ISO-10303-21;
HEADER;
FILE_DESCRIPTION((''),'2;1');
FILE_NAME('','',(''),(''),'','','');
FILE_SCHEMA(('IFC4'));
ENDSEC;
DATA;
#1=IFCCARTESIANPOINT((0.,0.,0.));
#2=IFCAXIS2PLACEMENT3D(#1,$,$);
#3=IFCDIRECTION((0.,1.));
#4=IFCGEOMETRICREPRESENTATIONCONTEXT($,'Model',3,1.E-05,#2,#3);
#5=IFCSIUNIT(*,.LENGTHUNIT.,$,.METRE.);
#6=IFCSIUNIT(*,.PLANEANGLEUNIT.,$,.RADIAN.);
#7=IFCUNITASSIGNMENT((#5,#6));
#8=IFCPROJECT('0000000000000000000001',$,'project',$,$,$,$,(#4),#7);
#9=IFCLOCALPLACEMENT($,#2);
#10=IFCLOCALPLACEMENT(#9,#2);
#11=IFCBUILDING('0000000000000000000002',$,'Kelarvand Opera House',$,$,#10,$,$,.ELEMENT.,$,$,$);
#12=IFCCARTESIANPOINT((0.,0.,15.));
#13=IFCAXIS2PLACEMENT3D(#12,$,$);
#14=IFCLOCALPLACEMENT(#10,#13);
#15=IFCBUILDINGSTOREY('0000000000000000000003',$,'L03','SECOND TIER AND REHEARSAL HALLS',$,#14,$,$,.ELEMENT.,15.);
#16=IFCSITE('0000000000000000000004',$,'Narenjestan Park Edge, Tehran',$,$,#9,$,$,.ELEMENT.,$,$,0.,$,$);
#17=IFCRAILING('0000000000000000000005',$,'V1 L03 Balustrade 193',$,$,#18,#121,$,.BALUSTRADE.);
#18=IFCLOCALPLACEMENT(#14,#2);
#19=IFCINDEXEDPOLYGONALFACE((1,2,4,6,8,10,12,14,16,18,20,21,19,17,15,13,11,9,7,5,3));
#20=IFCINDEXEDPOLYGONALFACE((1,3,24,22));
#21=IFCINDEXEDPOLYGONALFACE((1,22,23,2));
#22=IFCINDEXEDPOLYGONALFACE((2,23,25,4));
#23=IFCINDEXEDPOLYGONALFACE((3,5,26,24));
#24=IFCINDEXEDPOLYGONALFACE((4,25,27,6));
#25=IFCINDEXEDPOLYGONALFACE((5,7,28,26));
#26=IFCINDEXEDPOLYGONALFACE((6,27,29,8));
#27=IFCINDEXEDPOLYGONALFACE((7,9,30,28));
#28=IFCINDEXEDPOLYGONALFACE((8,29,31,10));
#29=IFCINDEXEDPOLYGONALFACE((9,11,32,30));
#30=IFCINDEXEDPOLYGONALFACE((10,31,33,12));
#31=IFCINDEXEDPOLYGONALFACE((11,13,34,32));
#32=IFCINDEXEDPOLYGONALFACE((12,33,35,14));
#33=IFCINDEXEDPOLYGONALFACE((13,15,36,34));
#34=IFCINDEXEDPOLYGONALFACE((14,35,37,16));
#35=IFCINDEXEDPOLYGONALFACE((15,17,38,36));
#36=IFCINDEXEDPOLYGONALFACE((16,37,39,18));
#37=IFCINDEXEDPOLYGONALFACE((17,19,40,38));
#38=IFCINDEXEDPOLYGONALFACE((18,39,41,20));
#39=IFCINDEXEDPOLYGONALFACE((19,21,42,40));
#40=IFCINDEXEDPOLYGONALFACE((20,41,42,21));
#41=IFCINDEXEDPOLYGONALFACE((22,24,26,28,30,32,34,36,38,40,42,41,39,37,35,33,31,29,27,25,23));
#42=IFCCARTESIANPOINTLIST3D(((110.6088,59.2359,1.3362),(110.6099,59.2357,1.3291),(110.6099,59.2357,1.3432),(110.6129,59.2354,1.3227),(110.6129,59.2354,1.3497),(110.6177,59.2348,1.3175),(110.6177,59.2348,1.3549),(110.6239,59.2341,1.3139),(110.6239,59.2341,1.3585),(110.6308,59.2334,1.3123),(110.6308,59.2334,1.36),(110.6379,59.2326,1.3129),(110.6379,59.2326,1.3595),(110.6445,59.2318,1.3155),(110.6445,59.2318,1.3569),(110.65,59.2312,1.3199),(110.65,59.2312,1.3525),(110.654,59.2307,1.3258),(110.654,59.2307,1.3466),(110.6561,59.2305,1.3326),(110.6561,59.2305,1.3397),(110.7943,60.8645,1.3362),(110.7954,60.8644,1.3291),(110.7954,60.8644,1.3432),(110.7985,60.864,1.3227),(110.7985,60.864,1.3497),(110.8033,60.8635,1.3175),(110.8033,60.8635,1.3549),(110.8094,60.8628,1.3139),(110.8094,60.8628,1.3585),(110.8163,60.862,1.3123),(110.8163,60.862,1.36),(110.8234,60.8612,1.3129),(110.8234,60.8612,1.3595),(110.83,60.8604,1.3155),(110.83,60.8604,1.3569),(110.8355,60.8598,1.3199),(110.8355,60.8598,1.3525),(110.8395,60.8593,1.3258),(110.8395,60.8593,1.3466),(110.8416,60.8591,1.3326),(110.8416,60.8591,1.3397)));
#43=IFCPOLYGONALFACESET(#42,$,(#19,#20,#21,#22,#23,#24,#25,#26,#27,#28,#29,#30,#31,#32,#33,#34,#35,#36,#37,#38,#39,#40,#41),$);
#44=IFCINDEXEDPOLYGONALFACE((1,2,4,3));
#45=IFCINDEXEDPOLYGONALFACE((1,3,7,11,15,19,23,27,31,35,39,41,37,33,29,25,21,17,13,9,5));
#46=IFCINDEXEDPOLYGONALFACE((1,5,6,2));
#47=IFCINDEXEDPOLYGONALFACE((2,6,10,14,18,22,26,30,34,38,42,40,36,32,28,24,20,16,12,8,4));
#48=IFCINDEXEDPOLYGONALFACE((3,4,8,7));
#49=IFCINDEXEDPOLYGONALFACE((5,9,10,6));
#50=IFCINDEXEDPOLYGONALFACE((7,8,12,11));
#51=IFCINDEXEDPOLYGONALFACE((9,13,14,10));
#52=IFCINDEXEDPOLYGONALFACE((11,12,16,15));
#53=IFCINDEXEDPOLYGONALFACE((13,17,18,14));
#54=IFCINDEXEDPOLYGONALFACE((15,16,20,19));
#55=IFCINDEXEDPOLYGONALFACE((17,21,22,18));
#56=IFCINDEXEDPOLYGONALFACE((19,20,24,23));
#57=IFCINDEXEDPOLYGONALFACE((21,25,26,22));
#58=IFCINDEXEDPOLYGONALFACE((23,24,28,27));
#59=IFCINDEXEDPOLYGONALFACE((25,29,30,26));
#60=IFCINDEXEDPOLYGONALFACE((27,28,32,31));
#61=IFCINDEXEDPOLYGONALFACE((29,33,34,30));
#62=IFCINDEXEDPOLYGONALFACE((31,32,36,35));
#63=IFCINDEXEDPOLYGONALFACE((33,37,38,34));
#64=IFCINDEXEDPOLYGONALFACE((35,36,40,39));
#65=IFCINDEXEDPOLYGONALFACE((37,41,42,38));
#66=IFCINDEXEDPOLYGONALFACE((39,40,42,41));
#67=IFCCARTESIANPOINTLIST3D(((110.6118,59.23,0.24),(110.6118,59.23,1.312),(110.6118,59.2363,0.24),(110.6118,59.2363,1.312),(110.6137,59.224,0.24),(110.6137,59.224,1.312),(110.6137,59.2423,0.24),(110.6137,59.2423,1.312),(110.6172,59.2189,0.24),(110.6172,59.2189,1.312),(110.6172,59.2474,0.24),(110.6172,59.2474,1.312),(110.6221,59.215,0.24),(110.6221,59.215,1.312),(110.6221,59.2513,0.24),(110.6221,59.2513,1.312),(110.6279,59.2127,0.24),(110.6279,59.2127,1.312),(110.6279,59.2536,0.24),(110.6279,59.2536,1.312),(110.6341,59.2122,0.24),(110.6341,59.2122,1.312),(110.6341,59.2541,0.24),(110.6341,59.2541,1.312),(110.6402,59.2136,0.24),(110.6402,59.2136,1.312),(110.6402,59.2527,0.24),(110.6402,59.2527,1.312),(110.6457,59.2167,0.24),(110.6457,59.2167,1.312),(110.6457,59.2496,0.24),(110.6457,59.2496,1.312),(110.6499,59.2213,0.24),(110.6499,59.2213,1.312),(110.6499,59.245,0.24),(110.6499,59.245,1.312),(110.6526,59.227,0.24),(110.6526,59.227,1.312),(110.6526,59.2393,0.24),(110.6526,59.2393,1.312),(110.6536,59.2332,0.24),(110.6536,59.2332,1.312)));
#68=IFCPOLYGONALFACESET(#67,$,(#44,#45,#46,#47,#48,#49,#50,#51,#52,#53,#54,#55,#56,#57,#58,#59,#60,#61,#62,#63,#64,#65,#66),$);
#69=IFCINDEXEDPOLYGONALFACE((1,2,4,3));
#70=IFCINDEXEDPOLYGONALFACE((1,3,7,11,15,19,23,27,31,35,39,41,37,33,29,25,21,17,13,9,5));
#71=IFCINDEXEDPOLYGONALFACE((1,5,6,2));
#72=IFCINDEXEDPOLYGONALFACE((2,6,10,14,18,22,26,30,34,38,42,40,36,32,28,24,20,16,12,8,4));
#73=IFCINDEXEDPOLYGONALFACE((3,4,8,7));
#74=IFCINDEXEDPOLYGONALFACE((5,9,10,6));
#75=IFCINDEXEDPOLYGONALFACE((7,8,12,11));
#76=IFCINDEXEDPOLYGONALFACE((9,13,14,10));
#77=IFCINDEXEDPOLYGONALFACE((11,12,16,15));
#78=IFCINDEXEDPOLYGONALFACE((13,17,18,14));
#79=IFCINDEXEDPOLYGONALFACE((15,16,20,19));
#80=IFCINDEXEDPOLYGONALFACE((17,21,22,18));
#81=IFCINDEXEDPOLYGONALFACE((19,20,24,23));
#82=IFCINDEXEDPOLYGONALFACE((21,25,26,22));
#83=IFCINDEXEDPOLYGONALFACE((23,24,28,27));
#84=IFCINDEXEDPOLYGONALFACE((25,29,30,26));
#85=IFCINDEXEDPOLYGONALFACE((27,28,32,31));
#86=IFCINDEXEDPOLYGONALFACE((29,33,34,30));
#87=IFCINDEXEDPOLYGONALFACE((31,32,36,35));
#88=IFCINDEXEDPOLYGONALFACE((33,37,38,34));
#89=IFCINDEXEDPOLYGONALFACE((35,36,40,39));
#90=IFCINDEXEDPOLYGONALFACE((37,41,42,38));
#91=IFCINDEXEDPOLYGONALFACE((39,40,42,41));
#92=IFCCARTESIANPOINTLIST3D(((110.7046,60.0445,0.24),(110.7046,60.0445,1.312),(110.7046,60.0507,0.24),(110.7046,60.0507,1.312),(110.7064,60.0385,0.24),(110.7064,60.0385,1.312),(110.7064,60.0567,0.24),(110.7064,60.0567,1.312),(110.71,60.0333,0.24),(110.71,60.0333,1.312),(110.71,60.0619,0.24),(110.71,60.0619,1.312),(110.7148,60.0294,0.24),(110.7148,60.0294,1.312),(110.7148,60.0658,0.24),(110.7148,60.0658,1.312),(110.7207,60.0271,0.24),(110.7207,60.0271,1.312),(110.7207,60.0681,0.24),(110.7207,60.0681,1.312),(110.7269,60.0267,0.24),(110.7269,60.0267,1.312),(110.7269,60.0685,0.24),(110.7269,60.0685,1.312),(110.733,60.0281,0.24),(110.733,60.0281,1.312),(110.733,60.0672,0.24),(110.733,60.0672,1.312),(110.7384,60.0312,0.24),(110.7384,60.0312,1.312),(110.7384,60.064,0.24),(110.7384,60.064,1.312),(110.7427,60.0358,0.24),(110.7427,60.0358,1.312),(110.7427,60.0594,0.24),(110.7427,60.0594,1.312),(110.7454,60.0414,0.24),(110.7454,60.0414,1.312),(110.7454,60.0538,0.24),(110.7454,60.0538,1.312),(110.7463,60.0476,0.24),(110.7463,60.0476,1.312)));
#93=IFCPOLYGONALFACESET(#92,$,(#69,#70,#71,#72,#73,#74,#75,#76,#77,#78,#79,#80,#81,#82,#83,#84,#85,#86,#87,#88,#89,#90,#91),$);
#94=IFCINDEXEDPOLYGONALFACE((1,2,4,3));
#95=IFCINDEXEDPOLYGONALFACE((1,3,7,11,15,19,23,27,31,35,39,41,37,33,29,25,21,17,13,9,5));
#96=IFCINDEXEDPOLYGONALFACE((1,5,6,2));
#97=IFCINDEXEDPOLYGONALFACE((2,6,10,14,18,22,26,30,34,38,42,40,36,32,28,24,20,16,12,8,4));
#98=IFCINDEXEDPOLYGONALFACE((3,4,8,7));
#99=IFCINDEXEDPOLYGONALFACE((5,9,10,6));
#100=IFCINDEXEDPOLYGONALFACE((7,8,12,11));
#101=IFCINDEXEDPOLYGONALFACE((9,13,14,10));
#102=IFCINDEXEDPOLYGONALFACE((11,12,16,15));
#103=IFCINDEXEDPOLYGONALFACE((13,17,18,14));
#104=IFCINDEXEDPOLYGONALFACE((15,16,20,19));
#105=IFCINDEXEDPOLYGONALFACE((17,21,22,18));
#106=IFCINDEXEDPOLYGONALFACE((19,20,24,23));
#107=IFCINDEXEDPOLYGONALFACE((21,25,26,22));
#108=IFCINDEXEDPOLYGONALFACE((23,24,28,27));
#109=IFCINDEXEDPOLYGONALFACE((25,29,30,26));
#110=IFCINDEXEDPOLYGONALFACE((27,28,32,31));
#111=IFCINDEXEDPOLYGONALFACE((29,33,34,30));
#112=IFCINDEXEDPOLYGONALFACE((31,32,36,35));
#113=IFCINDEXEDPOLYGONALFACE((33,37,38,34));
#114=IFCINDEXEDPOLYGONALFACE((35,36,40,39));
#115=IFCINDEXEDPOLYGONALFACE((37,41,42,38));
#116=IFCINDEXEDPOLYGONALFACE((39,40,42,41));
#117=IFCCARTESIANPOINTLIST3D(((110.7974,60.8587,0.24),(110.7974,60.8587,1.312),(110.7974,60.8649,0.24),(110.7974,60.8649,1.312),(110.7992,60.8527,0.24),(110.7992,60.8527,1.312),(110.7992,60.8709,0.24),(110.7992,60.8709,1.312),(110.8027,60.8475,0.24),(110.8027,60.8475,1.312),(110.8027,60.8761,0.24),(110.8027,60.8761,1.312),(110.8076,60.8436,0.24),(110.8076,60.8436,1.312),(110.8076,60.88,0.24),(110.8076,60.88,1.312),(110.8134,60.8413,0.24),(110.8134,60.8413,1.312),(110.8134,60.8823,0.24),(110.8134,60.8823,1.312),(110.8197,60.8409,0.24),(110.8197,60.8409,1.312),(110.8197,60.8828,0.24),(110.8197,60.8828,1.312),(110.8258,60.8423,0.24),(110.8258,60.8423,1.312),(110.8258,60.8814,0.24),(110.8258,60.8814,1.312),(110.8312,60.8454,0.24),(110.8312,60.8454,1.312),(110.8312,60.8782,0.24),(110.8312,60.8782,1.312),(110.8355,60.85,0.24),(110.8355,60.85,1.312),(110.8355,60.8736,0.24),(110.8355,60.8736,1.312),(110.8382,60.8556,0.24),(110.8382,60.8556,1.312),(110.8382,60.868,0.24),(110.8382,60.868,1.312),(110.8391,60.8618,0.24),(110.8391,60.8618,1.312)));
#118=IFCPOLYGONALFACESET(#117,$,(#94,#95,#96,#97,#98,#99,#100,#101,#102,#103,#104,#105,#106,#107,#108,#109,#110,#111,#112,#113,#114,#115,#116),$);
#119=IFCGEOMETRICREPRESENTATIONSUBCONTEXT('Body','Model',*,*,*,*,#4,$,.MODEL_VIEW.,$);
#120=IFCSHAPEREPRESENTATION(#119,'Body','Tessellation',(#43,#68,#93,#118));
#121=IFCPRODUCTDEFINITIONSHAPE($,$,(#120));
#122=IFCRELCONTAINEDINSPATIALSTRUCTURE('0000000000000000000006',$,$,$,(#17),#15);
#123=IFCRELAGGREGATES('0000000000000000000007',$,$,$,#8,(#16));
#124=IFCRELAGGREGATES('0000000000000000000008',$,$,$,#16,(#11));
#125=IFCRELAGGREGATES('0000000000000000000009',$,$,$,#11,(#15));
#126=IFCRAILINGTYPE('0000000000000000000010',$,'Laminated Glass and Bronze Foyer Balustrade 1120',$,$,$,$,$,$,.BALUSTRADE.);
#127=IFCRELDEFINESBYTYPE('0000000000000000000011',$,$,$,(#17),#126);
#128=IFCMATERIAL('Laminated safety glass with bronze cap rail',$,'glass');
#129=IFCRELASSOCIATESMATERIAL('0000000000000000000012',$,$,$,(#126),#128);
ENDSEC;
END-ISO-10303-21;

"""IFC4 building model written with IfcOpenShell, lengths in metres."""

from ifc_helpers import new_model, si_unit, direction, frame, origin, origin_2d, place, context, subcontext, project, spatial, circle, extrude, material, type_object, element, save


model = new_model("IFC4")

# Units and contexts
model_context = context("Model", 3, precision=1e-05, world=origin(), true_north=direction((0.0, 1.0)))
body_context = subcontext(model_context, "Body", "Model", "MODEL_VIEW")
ifc_project = project(units=[si_unit("LENGTHUNIT", "METRE"), si_unit("PLANEANGLEUNIT", "RADIAN")], contexts=[model_context])

# Site, building, storey
site_placement = place(None, origin())
site = spatial("IfcSite", under=ifc_project, at=site_placement, Name="Narenjestan Park Edge, Tehran", CompositionType="ELEMENT", RefElevation=0.0)
building_placement = place(site_placement, origin())
building = spatial("IfcBuilding", under=site, at=building_placement, Name="Kelarvand Opera House", CompositionType="ELEMENT")
storey_placement = place(building_placement, frame((0.0, 0.0, 15.0)))
storey = spatial("IfcBuildingStorey", under=building, at=storey_placement, Name="L03", Description="SECOND TIER AND REHEARSAL HALLS", CompositionType="ELEMENT", Elevation=15.0)

# Railing
ifc_material_1 = material(Name="Laminated safety glass with bronze cap rail", Category="glass")
railing_type = type_object("IfcRailingType", Name="Laminated Glass and Bronze Foyer Balustrade 1120", PredefinedType="BALUSTRADE", material=ifc_material_1)
railing_1_placement = place(storey_placement, frame((110.6326, 59.2332, 0.24)))
element("IfcRailing", 1, at=railing_1_placement, inside=storey, type_object=railing_type, Name="V1 L03 Balustrade 193", PredefinedType="BALUSTRADE", context=body_context, shape_type="SweptSolid", body=[
    extrude(circle(Radius=0.0239, at=origin_2d()), frame((0.0, 0.0, 1.0962), z_axis=(0.113194, 0.993573, 0.0), x_axis=(-0.993573, 0.113194, 0.0)), (0.0, 0.0, 1.0), 1.6392),
    extrude(circle(Radius=0.021, at=origin_2d()), origin(), (0.0, 0.0, 1.0), 1.072),
    extrude(circle(Radius=0.021, at=origin_2d()), frame((0.0928, 0.8145, 0.0)), (0.0, 0.0, 1.0), 1.072),
    extrude(circle(Radius=0.021, at=origin_2d()), frame((0.1855, 1.6287, 0.0)), (0.0, 0.0, 1.0), 1.072),
])

save(model, "model.ifc")
